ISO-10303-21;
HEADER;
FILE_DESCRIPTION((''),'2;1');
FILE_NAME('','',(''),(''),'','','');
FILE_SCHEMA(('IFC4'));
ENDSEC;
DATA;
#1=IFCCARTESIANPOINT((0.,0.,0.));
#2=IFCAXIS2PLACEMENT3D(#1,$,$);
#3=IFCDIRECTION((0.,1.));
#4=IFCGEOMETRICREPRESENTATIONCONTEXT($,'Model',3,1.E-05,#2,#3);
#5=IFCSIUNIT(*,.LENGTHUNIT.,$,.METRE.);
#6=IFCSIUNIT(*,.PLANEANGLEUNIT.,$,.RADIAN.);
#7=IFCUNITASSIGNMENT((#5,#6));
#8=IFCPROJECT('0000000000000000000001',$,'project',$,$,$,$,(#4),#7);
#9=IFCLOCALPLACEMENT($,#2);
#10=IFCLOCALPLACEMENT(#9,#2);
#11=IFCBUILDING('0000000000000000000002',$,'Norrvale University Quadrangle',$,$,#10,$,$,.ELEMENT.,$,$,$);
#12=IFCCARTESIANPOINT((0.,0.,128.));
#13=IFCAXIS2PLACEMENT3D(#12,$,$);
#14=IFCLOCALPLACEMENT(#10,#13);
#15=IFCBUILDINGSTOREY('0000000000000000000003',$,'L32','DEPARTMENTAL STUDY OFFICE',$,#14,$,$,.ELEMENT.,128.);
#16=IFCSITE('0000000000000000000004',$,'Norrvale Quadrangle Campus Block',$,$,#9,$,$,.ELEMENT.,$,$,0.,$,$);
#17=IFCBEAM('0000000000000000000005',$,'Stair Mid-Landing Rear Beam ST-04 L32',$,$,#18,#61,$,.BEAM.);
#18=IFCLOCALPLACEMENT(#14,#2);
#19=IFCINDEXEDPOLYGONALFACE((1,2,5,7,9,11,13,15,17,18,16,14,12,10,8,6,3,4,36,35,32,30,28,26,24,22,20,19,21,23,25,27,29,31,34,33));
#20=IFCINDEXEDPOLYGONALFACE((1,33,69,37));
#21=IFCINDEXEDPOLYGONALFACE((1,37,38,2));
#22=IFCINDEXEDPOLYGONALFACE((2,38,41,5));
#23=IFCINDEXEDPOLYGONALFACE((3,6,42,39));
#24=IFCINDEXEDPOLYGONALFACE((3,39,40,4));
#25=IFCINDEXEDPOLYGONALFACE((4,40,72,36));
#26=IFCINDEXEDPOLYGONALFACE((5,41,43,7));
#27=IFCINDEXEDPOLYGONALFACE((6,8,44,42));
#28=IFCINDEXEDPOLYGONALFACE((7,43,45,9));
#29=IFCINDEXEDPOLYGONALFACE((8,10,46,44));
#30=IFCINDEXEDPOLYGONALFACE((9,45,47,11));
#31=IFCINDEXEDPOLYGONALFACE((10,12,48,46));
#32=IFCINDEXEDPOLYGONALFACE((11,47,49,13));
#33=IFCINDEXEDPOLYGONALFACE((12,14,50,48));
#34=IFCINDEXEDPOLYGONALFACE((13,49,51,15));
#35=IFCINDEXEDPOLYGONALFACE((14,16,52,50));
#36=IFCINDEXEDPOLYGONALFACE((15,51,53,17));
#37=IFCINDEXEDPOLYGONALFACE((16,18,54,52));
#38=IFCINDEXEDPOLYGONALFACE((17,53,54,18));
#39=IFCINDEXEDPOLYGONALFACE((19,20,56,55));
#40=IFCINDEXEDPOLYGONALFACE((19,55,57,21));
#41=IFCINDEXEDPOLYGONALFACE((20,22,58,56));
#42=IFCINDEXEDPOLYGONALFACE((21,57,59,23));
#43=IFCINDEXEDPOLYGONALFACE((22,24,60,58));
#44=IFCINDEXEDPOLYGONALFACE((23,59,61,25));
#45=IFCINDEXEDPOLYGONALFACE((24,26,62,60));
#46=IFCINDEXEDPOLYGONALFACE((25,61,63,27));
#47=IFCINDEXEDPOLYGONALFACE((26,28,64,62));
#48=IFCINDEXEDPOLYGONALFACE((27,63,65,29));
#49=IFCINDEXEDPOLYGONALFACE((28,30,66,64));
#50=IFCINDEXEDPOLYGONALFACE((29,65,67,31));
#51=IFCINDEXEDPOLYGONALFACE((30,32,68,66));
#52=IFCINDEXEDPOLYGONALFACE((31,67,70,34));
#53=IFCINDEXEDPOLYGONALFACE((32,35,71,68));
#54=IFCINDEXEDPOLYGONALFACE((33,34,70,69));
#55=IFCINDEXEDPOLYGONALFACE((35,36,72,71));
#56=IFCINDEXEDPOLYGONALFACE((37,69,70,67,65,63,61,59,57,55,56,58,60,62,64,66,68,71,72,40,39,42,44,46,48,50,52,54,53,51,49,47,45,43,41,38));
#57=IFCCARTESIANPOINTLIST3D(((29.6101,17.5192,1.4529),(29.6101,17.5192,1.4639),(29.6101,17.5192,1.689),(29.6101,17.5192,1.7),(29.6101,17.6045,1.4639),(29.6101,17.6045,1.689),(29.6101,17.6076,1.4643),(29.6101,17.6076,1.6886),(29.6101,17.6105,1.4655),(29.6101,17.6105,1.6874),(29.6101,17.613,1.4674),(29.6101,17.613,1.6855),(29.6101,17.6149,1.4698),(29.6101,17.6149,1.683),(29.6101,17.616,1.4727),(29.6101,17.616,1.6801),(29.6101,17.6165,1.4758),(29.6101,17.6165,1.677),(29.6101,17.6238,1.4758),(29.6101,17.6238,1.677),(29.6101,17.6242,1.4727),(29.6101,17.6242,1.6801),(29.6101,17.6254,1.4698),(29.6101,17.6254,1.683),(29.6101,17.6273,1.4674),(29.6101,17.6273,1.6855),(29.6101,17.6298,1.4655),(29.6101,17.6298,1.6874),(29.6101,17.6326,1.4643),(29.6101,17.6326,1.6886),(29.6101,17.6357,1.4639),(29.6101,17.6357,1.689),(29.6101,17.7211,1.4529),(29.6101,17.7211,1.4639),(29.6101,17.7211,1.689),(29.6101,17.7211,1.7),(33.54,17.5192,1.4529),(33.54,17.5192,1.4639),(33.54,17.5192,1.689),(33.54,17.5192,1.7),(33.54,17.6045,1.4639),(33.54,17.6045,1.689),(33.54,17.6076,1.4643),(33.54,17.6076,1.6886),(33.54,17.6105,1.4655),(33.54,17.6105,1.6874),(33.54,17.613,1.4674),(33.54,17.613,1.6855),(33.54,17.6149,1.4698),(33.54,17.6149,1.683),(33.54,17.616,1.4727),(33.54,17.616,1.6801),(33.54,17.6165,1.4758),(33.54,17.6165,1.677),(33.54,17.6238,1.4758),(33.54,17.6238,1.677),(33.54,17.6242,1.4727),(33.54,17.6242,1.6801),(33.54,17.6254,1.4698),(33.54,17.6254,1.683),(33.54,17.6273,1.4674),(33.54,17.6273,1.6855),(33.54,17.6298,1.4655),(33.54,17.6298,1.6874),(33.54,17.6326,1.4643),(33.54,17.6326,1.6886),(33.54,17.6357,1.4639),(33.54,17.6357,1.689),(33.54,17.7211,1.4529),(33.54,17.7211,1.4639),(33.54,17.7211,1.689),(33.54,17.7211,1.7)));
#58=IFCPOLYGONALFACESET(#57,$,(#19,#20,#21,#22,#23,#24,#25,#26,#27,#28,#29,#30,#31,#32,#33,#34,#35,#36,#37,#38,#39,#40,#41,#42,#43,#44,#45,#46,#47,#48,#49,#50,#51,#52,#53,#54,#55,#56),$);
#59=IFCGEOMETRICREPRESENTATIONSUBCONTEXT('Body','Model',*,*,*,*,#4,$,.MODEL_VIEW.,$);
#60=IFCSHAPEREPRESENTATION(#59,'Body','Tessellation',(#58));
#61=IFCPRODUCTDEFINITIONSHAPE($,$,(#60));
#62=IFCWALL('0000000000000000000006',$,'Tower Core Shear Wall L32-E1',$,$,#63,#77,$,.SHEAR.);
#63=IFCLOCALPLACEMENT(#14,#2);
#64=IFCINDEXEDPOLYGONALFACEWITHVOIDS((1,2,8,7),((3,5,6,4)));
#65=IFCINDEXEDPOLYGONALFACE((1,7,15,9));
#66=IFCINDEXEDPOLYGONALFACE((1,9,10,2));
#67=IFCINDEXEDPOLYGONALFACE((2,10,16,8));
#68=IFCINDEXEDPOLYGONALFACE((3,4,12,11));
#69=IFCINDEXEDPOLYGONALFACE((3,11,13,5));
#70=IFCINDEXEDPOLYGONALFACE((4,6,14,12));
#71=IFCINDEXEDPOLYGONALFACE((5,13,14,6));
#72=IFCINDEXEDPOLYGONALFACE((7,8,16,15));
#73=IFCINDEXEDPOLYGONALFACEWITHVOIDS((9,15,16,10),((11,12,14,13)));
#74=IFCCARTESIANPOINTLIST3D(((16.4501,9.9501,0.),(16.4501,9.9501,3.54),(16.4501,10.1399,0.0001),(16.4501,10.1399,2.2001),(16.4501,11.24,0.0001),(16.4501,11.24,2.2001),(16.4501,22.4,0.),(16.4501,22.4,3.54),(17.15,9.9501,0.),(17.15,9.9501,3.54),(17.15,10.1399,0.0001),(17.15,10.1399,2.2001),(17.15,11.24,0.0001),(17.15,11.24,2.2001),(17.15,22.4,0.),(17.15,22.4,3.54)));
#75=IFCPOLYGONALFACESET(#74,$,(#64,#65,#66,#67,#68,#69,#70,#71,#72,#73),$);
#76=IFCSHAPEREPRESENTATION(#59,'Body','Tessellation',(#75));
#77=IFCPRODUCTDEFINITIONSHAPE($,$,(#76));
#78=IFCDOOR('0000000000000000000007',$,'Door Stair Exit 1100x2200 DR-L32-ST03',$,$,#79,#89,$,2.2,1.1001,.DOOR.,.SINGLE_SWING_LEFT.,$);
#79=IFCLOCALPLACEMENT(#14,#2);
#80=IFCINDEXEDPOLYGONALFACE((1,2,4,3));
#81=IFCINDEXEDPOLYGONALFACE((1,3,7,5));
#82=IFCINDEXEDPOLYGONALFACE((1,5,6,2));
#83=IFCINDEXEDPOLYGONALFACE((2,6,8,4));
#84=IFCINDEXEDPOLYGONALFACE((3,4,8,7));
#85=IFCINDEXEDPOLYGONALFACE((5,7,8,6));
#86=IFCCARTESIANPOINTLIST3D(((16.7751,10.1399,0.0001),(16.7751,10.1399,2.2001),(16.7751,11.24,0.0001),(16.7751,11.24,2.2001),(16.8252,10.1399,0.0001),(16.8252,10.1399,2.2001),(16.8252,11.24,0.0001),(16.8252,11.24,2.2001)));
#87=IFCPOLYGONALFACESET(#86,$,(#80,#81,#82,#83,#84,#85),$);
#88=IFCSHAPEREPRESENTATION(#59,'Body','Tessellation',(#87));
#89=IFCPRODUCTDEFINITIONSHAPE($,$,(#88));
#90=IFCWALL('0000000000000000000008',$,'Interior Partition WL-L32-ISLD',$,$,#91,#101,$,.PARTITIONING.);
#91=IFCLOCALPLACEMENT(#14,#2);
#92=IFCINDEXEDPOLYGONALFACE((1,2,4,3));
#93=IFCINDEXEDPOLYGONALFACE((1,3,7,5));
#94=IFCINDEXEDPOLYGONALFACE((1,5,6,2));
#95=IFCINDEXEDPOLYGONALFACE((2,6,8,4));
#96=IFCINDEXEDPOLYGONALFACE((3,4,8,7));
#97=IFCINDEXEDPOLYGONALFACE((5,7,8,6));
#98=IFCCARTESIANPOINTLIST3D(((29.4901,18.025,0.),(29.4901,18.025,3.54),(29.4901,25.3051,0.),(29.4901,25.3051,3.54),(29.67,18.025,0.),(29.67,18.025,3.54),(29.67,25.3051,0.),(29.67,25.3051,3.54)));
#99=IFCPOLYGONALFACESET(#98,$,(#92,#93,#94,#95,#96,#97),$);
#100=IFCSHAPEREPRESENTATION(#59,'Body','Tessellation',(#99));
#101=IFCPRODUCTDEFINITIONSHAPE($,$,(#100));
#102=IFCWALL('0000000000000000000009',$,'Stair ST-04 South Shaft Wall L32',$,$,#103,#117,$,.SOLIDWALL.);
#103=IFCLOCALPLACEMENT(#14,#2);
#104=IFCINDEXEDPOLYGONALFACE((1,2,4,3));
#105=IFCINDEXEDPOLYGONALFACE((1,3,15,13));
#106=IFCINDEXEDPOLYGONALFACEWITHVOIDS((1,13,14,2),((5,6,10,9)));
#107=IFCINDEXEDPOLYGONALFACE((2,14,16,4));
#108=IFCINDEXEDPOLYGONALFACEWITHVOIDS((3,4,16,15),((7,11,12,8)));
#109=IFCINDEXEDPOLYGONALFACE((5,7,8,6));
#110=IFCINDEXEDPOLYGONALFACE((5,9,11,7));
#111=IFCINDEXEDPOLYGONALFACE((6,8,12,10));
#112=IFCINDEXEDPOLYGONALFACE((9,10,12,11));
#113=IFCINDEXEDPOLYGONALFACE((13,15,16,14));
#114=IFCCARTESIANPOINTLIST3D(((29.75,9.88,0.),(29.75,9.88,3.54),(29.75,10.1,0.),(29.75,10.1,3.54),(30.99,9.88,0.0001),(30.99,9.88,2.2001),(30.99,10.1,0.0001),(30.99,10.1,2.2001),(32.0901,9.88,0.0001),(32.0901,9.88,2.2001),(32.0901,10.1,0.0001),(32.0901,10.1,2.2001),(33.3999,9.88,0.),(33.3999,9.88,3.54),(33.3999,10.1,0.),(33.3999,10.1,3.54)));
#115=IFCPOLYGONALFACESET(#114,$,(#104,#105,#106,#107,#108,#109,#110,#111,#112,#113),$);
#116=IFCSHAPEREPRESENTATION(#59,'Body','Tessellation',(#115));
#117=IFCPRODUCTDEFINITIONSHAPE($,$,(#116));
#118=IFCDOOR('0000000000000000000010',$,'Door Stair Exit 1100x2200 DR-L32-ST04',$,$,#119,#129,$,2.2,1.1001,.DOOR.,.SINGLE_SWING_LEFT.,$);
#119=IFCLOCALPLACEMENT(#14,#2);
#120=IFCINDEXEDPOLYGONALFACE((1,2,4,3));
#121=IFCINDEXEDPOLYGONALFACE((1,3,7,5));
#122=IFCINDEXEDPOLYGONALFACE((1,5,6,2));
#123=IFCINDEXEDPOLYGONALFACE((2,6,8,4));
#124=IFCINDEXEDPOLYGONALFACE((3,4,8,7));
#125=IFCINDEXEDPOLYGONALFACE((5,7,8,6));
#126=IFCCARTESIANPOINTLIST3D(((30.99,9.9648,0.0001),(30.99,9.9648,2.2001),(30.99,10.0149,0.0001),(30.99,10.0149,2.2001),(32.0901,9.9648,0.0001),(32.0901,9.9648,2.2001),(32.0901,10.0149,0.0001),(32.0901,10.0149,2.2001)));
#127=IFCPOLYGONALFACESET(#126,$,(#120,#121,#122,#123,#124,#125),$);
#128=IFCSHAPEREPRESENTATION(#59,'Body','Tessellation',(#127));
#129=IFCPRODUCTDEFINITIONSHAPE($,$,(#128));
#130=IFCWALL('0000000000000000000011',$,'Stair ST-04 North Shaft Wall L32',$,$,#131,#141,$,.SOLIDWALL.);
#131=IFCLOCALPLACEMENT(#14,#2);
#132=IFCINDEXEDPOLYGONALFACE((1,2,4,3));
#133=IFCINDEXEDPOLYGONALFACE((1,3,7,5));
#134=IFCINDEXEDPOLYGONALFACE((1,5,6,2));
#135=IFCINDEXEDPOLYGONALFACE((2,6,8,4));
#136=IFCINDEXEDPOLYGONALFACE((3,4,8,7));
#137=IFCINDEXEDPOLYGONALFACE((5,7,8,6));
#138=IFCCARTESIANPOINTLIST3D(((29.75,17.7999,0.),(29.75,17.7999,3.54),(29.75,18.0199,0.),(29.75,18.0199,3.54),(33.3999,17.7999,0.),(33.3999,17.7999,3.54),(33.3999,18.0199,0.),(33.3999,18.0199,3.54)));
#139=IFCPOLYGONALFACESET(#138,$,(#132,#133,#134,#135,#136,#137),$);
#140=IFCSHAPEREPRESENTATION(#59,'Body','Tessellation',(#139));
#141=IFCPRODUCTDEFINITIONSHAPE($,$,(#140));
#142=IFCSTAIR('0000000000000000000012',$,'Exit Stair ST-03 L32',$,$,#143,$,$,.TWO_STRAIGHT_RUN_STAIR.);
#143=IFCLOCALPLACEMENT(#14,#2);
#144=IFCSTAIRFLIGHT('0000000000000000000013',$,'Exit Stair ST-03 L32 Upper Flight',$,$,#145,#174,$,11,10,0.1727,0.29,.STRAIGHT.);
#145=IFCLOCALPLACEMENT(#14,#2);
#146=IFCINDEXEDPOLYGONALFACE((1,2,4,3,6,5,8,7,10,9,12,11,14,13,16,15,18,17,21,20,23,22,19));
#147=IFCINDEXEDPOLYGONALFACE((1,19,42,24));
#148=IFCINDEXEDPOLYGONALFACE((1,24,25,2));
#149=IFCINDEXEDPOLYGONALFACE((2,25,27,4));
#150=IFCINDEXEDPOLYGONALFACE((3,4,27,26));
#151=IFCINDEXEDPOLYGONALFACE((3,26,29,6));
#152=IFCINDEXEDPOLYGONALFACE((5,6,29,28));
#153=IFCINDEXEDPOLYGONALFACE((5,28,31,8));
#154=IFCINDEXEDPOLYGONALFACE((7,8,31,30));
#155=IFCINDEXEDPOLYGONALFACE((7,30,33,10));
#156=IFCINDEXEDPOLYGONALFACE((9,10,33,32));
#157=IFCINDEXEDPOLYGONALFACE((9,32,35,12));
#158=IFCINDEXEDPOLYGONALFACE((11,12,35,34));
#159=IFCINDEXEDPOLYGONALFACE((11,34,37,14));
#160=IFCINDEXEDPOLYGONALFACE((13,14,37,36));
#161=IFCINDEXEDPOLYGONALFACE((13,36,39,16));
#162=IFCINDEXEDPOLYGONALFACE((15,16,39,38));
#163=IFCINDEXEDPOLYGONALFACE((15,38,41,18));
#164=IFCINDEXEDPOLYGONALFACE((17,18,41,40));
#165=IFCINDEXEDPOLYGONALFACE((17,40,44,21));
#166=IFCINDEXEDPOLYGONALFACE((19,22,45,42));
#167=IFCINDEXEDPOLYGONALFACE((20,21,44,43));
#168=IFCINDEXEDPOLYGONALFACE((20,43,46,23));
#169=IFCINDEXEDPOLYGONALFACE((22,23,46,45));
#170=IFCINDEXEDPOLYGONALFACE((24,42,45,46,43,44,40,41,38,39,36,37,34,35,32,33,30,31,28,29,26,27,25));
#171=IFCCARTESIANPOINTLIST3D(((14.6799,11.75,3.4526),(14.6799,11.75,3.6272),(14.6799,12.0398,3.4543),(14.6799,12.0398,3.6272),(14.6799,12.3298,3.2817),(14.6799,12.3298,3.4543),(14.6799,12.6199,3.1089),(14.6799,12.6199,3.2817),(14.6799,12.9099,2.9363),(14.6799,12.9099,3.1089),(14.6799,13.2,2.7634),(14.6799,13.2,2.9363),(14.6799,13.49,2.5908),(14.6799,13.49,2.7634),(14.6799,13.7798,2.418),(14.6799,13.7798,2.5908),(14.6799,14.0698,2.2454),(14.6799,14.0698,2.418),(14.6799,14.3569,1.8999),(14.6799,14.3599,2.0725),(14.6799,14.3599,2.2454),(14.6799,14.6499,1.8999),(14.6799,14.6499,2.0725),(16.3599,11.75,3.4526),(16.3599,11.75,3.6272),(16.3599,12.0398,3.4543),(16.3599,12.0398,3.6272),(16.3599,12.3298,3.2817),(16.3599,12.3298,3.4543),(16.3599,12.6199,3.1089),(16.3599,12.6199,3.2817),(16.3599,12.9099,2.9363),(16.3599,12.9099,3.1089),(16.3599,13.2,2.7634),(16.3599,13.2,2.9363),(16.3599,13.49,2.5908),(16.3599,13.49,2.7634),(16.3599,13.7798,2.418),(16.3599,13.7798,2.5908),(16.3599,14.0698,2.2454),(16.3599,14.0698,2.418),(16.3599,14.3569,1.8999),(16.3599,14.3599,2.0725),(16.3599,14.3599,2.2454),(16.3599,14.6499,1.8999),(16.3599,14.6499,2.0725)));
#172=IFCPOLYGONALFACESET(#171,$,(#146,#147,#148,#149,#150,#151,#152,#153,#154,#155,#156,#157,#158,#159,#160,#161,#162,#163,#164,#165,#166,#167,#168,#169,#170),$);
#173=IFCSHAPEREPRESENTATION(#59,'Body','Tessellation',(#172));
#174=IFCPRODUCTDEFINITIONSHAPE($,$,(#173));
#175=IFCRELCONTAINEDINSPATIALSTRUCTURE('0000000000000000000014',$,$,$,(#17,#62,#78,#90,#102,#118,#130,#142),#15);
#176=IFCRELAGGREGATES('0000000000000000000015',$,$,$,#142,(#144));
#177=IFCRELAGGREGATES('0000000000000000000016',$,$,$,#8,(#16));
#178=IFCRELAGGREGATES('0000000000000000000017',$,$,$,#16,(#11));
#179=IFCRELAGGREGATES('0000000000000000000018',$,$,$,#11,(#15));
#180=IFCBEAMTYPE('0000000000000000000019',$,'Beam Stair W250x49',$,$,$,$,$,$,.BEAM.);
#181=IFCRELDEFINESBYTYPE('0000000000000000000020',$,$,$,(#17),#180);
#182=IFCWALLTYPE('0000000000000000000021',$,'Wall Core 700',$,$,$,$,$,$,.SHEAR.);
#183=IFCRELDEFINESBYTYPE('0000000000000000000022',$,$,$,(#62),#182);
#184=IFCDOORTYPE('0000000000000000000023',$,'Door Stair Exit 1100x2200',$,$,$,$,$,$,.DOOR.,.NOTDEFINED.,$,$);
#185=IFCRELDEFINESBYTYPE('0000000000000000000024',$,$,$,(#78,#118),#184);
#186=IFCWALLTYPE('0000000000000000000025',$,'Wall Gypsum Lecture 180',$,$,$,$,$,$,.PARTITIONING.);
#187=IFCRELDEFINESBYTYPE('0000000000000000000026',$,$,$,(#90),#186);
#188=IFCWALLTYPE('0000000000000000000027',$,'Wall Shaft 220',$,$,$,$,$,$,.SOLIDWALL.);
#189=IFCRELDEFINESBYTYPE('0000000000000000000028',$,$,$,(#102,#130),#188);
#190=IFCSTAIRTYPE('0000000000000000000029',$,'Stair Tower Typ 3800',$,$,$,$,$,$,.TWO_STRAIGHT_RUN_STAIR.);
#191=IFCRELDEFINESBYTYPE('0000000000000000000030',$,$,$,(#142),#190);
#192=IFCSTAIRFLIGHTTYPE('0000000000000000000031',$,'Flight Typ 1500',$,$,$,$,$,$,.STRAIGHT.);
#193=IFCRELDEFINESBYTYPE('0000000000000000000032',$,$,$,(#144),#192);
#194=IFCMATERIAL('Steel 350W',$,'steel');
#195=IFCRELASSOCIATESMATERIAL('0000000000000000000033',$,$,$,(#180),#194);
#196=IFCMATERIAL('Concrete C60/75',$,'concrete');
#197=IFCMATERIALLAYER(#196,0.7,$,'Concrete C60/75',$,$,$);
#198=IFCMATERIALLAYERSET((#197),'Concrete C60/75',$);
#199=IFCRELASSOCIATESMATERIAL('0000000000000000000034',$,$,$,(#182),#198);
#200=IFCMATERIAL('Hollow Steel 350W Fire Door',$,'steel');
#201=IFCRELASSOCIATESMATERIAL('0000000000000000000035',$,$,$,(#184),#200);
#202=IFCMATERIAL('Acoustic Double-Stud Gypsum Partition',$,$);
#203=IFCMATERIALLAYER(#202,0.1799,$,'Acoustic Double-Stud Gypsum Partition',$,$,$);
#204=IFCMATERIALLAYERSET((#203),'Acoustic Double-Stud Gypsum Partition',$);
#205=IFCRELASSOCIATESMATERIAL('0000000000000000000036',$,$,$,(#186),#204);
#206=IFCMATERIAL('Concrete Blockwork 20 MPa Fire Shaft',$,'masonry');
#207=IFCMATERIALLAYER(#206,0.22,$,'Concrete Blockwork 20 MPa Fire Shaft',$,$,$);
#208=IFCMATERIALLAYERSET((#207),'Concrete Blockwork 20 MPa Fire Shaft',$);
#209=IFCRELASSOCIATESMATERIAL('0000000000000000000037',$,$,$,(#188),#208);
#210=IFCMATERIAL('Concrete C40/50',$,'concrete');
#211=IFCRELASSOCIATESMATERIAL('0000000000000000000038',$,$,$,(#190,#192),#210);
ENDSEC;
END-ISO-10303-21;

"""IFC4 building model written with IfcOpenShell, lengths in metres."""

from ifc_helpers import new_model, si_unit, direction, frame, frame_2d, origin, origin_2d, place, context, subcontext, project, spatial, polyline, rectangle, i_section, outline, extrude, material, layer, layer_set, material_profile, profile_set, type_object, element, fill, aggregate, save


model = new_model("IFC4")

# Units and contexts
model_context = context("Model", 3, precision=1e-05, world=origin(), true_north=direction((0.0, 1.0)))
body_context = subcontext(model_context, "Body", "Model", "MODEL_VIEW")
ifc_project = project(units=[si_unit("LENGTHUNIT", "METRE"), si_unit("PLANEANGLEUNIT", "RADIAN")], contexts=[model_context])

# Site, building, storey
site_placement = place(None, origin())
site = spatial("IfcSite", under=ifc_project, at=site_placement, Name="Norrvale Quadrangle Campus Block", CompositionType="ELEMENT", RefElevation=0.0)
building_placement = place(site_placement, origin())
building = spatial("IfcBuilding", under=site, at=building_placement, Name="Norrvale University Quadrangle", CompositionType="ELEMENT")
storey_placement = place(building_placement, frame((0.0, 0.0, 128.0)))
storey = spatial("IfcBuildingStorey", under=building, at=storey_placement, Name="L32", Description="DEPARTMENTAL STUDY OFFICE", CompositionType="ELEMENT", Elevation=128.0)

# Shared definitions
ifc_material_1 = material(Name="Concrete C60/75", Category="concrete")

# Beam
ifc_material_2 = material(Name="Steel 350W", Category="steel")
ifc_material_profile_1 = material_profile(ifc_material_2, i_section(OverallWidth=0.2019, OverallDepth=0.2471, WebThickness=0.0073, FlangeThickness=0.011, FilletRadius=0.012, at=origin_2d()), Name="Steel 350W")
ifc_profile_set_1 = profile_set([ifc_material_profile_1], Name="Steel 350W")
beam_type_1 = type_object("IfcBeamType", Name="Beam Stair W250x49", PredefinedType="BEAM", material=ifc_profile_set_1)
for number, where, z_axis, x_axis, name in (
    (1, (29.6101, 17.6201, 1.5764), (1.0, 0.0, 0.0), (0.0, 1.0, 0.0), "Stair Mid-Landing Rear Beam ST-04 L32"),
):
    element("IfcBeam", number, at=place(storey_placement, frame(where, z_axis=z_axis, x_axis=x_axis)), inside=storey, type_object=beam_type_1, Name=name, PredefinedType="BEAM", context=body_context, shape_type="SweptSolid", body=[
        extrude(i_section(OverallWidth=0.2019, OverallDepth=0.2471, WebThickness=0.0073, FlangeThickness=0.011, FilletRadius=0.012, at=origin_2d()), origin(), (0.0, 0.0, 1.0), 3.9299),
    ])

# Wall, opening, door
ifc_layer_1 = layer(ifc_material_1, 0.7, Name="Concrete C60/75")
ifc_layer_set_1 = layer_set([ifc_layer_1], Name="Concrete C60/75")
wall_type_1 = type_object("IfcWallType", Name="Wall Core 700", PredefinedType="SHEAR", material=ifc_layer_set_1)
wall_1_placement = place(storey_placement, frame((16.8, 9.95, 0.0), z_axis=(0.0, 0.0, 1.0), x_axis=(0.0, 1.0, 0.0)))
wall_1 = element("IfcWall", 2, at=wall_1_placement, inside=storey, type_object=wall_type_1, Name="Tower Core Shear Wall L32-E1", PredefinedType="SHEAR", context=body_context, shape_type="SweptSolid", body=[
    extrude(rectangle(XDim=12.45, YDim=0.7, at=frame_2d((6.2251, 0.0))), origin(), (0.0, 0.0, 1.0), 3.54),
])
opening_1_placement = place(wall_1_placement, frame((0.1899, 0.0, 0.0)))
opening_1 = element("IfcOpeningElement", 3, at=opening_1_placement, cuts=wall_1, PredefinedType="OPENING", context=body_context, shape_type="SweptSolid", body=[
    extrude(rectangle(XDim=1.1001, YDim=2.2, at=frame_2d((0.55, 1.1001))), frame((0.0, 0.3621, 0.0), z_axis=(0.0, -1.0, 0.0), x_axis=(1.0, 0.0, 0.0)), (0.0, 0.0, 1.0), 0.7239),
])
ifc_material_3 = material(Name="Hollow Steel 350W Fire Door", Category="steel")
door_type = type_object("IfcDoorType", Name="Door Stair Exit 1100x2200", OperationType="NOTDEFINED", PredefinedType="DOOR", material=ifc_material_3)
door_1_placement = place(opening_1_placement, origin())
door_1 = element("IfcDoor", 4, at=door_1_placement, inside=storey, type_object=door_type, Name="Door Stair Exit 1100x2200 DR-L32-ST03", OperationType="SINGLE_SWING_LEFT", OverallHeight=2.2, OverallWidth=1.1001, PredefinedType="DOOR", context=body_context, shape_type="SweptSolid", body=[
    extrude(rectangle(XDim=1.1001, YDim=2.2, at=frame_2d((0.55, 1.1001))), frame((0.0, 0.0249, 0.0), z_axis=(0.0, -1.0, 0.0), x_axis=(1.0, 0.0, 0.0)), (0.0, 0.0, 1.0), 0.05),
])
fill(opening_1, door_1)

# Wall
ifc_material_4 = material(Name="Acoustic Double-Stud Gypsum Partition")
ifc_layer_2 = layer(ifc_material_4, 0.1799, Name="Acoustic Double-Stud Gypsum Partition")
ifc_layer_set_2 = layer_set([ifc_layer_2], Name="Acoustic Double-Stud Gypsum Partition")
wall_type_2 = type_object("IfcWallType", Name="Wall Gypsum Lecture 180", PredefinedType="PARTITIONING", material=ifc_layer_set_2)
wall_2_placement = place(storey_placement, frame((29.5801, 18.0249, 0.0), z_axis=(0.0, 0.0, 1.0), x_axis=(0.0, 1.0, 0.0)))
element("IfcWall", 5, at=wall_2_placement, inside=storey, type_object=wall_type_2, Name="Interior Partition WL-L32-ISLD", PredefinedType="PARTITIONING", context=body_context, shape_type="SweptSolid", body=[
    extrude(rectangle(XDim=7.28, YDim=0.1799, at=frame_2d((3.6401, 0.0))), origin(), (0.0, 0.0, 1.0), 3.54),
])

# Wall, opening, door
ifc_material_5 = material(Name="Concrete Blockwork 20 MPa Fire Shaft", Category="masonry")
ifc_layer_3 = layer(ifc_material_5, 0.22, Name="Concrete Blockwork 20 MPa Fire Shaft")
ifc_layer_set_3 = layer_set([ifc_layer_3], Name="Concrete Blockwork 20 MPa Fire Shaft")
wall_type_3 = type_object("IfcWallType", Name="Wall Shaft 220", PredefinedType="SOLIDWALL", material=ifc_layer_set_3)
wall_3_placement = place(storey_placement, frame((29.75, 9.99, 0.0), z_axis=(0.0, 0.0, 1.0), x_axis=(1.0, 0.0, 0.0)))
wall_3 = element("IfcWall", 6, at=wall_3_placement, inside=storey, type_object=wall_type_3, Name="Stair ST-04 South Shaft Wall L32", PredefinedType="SOLIDWALL", context=body_context, shape_type="SweptSolid", body=[
    extrude(rectangle(XDim=3.6499, YDim=0.22, at=frame_2d((1.825, 0.0))), origin(), (0.0, 0.0, 1.0), 3.54),
])
opening_2_placement = place(wall_3_placement, frame((1.24, 0.0, 0.0)))
opening_2 = element("IfcOpeningElement", 7, at=opening_2_placement, cuts=wall_3, PredefinedType="OPENING", context=body_context, shape_type="SweptSolid", body=[
    extrude(rectangle(XDim=1.1001, YDim=2.2, at=frame_2d((0.55, 1.1001))), frame((0.0, 0.1221, 0.0), z_axis=(0.0, -1.0, 0.0), x_axis=(1.0, 0.0, 0.0)), (0.0, 0.0, 1.0), 0.2439),
])
door_2_placement = place(opening_2_placement, origin())
door_2 = element("IfcDoor", 8, at=door_2_placement, inside=storey, type_object=door_type, Name="Door Stair Exit 1100x2200 DR-L32-ST04", OperationType="SINGLE_SWING_LEFT", OverallHeight=2.2, OverallWidth=1.1001, PredefinedType="DOOR", context=body_context, shape_type="SweptSolid", body=[
    extrude(rectangle(XDim=1.1001, YDim=2.2, at=frame_2d((0.55, 1.1001))), frame((0.0, 0.0249, 0.0), z_axis=(0.0, -1.0, 0.0), x_axis=(1.0, 0.0, 0.0)), (0.0, 0.0, 1.0), 0.05),
])
fill(opening_2, door_2)

# Wall
wall_4_placement = place(storey_placement, frame((29.75, 17.9099, 0.0), z_axis=(0.0, 0.0, 1.0), x_axis=(1.0, 0.0, 0.0)))
element("IfcWall", 9, at=wall_4_placement, inside=storey, type_object=wall_type_3, Name="Stair ST-04 North Shaft Wall L32", PredefinedType="SOLIDWALL", context=body_context, shape_type="SweptSolid", body=[
    extrude(rectangle(XDim=3.6499, YDim=0.22, at=frame_2d((1.825, 0.0))), origin(), (0.0, 0.0, 1.0), 3.54),
])

# Stair, stair flight
ifc_material_6 = material(Name="Concrete C40/50", Category="concrete")
stair_type = type_object("IfcStairType", Name="Stair Tower Typ 3800", PredefinedType="TWO_STRAIGHT_RUN_STAIR", material=ifc_material_6)
stair_1_placement = place(storey_placement, origin())
stair_1 = element("IfcStair", 10, at=stair_1_placement, inside=storey, type_object=stair_type, Name="Exit Stair ST-03 L32", PredefinedType="TWO_STRAIGHT_RUN_STAIR")
stair_flight_type = type_object("IfcStairFlightType", Name="Flight Typ 1500", PredefinedType="STRAIGHT", material=ifc_material_6)
stair_flight_1_placement = place(storey_placement, frame((15.52, 14.6499, 1.8999), z_axis=(0.0, 0.0, 1.0), x_axis=(0.0, -1.0, 0.0)))
stair_flight_1 = element("IfcStairFlight", 11, at=stair_flight_1_placement, type_object=stair_flight_type, Name="Exit Stair ST-03 L32 Upper Flight", NumberOfRisers=11, NumberOfTreads=10, PredefinedType="STRAIGHT", RiserHeight=0.1727, TreadLength=0.29, context=body_context, shape_type="SweptSolid", body=[
    extrude(outline(polyline([(0.0, 0.0), (0.0, 0.1726), (0.29, 0.1726), (0.29, 0.3455), (0.5801, 0.3455), (0.5801, 0.5181), (0.8701, 0.5181), (0.8701, 0.6909), (1.1599, 0.6909), (1.1599, 0.8635), (1.45, 0.8635), (1.45, 1.0364), (1.74, 1.0364), (1.74, 1.209), (2.03, 1.209), (2.03, 1.3818), (2.3201, 1.3818), (2.3201, 1.5544), (2.6101, 1.5544), (2.6101, 1.7273), (2.8999, 1.7273), (2.8999, 1.8999), (2.8999, 1.5527), (0.293, 0.0), (0.0, 0.0)])), frame((0.0, 0.8398, 0.0), z_axis=(0.0, -1.0, 0.0), x_axis=(1.0, 0.0, 0.0)), (0.0, 0.0, 1.0), 1.6799),
])
aggregate(stair_1, [stair_flight_1])

save(model, "model.ifc")
